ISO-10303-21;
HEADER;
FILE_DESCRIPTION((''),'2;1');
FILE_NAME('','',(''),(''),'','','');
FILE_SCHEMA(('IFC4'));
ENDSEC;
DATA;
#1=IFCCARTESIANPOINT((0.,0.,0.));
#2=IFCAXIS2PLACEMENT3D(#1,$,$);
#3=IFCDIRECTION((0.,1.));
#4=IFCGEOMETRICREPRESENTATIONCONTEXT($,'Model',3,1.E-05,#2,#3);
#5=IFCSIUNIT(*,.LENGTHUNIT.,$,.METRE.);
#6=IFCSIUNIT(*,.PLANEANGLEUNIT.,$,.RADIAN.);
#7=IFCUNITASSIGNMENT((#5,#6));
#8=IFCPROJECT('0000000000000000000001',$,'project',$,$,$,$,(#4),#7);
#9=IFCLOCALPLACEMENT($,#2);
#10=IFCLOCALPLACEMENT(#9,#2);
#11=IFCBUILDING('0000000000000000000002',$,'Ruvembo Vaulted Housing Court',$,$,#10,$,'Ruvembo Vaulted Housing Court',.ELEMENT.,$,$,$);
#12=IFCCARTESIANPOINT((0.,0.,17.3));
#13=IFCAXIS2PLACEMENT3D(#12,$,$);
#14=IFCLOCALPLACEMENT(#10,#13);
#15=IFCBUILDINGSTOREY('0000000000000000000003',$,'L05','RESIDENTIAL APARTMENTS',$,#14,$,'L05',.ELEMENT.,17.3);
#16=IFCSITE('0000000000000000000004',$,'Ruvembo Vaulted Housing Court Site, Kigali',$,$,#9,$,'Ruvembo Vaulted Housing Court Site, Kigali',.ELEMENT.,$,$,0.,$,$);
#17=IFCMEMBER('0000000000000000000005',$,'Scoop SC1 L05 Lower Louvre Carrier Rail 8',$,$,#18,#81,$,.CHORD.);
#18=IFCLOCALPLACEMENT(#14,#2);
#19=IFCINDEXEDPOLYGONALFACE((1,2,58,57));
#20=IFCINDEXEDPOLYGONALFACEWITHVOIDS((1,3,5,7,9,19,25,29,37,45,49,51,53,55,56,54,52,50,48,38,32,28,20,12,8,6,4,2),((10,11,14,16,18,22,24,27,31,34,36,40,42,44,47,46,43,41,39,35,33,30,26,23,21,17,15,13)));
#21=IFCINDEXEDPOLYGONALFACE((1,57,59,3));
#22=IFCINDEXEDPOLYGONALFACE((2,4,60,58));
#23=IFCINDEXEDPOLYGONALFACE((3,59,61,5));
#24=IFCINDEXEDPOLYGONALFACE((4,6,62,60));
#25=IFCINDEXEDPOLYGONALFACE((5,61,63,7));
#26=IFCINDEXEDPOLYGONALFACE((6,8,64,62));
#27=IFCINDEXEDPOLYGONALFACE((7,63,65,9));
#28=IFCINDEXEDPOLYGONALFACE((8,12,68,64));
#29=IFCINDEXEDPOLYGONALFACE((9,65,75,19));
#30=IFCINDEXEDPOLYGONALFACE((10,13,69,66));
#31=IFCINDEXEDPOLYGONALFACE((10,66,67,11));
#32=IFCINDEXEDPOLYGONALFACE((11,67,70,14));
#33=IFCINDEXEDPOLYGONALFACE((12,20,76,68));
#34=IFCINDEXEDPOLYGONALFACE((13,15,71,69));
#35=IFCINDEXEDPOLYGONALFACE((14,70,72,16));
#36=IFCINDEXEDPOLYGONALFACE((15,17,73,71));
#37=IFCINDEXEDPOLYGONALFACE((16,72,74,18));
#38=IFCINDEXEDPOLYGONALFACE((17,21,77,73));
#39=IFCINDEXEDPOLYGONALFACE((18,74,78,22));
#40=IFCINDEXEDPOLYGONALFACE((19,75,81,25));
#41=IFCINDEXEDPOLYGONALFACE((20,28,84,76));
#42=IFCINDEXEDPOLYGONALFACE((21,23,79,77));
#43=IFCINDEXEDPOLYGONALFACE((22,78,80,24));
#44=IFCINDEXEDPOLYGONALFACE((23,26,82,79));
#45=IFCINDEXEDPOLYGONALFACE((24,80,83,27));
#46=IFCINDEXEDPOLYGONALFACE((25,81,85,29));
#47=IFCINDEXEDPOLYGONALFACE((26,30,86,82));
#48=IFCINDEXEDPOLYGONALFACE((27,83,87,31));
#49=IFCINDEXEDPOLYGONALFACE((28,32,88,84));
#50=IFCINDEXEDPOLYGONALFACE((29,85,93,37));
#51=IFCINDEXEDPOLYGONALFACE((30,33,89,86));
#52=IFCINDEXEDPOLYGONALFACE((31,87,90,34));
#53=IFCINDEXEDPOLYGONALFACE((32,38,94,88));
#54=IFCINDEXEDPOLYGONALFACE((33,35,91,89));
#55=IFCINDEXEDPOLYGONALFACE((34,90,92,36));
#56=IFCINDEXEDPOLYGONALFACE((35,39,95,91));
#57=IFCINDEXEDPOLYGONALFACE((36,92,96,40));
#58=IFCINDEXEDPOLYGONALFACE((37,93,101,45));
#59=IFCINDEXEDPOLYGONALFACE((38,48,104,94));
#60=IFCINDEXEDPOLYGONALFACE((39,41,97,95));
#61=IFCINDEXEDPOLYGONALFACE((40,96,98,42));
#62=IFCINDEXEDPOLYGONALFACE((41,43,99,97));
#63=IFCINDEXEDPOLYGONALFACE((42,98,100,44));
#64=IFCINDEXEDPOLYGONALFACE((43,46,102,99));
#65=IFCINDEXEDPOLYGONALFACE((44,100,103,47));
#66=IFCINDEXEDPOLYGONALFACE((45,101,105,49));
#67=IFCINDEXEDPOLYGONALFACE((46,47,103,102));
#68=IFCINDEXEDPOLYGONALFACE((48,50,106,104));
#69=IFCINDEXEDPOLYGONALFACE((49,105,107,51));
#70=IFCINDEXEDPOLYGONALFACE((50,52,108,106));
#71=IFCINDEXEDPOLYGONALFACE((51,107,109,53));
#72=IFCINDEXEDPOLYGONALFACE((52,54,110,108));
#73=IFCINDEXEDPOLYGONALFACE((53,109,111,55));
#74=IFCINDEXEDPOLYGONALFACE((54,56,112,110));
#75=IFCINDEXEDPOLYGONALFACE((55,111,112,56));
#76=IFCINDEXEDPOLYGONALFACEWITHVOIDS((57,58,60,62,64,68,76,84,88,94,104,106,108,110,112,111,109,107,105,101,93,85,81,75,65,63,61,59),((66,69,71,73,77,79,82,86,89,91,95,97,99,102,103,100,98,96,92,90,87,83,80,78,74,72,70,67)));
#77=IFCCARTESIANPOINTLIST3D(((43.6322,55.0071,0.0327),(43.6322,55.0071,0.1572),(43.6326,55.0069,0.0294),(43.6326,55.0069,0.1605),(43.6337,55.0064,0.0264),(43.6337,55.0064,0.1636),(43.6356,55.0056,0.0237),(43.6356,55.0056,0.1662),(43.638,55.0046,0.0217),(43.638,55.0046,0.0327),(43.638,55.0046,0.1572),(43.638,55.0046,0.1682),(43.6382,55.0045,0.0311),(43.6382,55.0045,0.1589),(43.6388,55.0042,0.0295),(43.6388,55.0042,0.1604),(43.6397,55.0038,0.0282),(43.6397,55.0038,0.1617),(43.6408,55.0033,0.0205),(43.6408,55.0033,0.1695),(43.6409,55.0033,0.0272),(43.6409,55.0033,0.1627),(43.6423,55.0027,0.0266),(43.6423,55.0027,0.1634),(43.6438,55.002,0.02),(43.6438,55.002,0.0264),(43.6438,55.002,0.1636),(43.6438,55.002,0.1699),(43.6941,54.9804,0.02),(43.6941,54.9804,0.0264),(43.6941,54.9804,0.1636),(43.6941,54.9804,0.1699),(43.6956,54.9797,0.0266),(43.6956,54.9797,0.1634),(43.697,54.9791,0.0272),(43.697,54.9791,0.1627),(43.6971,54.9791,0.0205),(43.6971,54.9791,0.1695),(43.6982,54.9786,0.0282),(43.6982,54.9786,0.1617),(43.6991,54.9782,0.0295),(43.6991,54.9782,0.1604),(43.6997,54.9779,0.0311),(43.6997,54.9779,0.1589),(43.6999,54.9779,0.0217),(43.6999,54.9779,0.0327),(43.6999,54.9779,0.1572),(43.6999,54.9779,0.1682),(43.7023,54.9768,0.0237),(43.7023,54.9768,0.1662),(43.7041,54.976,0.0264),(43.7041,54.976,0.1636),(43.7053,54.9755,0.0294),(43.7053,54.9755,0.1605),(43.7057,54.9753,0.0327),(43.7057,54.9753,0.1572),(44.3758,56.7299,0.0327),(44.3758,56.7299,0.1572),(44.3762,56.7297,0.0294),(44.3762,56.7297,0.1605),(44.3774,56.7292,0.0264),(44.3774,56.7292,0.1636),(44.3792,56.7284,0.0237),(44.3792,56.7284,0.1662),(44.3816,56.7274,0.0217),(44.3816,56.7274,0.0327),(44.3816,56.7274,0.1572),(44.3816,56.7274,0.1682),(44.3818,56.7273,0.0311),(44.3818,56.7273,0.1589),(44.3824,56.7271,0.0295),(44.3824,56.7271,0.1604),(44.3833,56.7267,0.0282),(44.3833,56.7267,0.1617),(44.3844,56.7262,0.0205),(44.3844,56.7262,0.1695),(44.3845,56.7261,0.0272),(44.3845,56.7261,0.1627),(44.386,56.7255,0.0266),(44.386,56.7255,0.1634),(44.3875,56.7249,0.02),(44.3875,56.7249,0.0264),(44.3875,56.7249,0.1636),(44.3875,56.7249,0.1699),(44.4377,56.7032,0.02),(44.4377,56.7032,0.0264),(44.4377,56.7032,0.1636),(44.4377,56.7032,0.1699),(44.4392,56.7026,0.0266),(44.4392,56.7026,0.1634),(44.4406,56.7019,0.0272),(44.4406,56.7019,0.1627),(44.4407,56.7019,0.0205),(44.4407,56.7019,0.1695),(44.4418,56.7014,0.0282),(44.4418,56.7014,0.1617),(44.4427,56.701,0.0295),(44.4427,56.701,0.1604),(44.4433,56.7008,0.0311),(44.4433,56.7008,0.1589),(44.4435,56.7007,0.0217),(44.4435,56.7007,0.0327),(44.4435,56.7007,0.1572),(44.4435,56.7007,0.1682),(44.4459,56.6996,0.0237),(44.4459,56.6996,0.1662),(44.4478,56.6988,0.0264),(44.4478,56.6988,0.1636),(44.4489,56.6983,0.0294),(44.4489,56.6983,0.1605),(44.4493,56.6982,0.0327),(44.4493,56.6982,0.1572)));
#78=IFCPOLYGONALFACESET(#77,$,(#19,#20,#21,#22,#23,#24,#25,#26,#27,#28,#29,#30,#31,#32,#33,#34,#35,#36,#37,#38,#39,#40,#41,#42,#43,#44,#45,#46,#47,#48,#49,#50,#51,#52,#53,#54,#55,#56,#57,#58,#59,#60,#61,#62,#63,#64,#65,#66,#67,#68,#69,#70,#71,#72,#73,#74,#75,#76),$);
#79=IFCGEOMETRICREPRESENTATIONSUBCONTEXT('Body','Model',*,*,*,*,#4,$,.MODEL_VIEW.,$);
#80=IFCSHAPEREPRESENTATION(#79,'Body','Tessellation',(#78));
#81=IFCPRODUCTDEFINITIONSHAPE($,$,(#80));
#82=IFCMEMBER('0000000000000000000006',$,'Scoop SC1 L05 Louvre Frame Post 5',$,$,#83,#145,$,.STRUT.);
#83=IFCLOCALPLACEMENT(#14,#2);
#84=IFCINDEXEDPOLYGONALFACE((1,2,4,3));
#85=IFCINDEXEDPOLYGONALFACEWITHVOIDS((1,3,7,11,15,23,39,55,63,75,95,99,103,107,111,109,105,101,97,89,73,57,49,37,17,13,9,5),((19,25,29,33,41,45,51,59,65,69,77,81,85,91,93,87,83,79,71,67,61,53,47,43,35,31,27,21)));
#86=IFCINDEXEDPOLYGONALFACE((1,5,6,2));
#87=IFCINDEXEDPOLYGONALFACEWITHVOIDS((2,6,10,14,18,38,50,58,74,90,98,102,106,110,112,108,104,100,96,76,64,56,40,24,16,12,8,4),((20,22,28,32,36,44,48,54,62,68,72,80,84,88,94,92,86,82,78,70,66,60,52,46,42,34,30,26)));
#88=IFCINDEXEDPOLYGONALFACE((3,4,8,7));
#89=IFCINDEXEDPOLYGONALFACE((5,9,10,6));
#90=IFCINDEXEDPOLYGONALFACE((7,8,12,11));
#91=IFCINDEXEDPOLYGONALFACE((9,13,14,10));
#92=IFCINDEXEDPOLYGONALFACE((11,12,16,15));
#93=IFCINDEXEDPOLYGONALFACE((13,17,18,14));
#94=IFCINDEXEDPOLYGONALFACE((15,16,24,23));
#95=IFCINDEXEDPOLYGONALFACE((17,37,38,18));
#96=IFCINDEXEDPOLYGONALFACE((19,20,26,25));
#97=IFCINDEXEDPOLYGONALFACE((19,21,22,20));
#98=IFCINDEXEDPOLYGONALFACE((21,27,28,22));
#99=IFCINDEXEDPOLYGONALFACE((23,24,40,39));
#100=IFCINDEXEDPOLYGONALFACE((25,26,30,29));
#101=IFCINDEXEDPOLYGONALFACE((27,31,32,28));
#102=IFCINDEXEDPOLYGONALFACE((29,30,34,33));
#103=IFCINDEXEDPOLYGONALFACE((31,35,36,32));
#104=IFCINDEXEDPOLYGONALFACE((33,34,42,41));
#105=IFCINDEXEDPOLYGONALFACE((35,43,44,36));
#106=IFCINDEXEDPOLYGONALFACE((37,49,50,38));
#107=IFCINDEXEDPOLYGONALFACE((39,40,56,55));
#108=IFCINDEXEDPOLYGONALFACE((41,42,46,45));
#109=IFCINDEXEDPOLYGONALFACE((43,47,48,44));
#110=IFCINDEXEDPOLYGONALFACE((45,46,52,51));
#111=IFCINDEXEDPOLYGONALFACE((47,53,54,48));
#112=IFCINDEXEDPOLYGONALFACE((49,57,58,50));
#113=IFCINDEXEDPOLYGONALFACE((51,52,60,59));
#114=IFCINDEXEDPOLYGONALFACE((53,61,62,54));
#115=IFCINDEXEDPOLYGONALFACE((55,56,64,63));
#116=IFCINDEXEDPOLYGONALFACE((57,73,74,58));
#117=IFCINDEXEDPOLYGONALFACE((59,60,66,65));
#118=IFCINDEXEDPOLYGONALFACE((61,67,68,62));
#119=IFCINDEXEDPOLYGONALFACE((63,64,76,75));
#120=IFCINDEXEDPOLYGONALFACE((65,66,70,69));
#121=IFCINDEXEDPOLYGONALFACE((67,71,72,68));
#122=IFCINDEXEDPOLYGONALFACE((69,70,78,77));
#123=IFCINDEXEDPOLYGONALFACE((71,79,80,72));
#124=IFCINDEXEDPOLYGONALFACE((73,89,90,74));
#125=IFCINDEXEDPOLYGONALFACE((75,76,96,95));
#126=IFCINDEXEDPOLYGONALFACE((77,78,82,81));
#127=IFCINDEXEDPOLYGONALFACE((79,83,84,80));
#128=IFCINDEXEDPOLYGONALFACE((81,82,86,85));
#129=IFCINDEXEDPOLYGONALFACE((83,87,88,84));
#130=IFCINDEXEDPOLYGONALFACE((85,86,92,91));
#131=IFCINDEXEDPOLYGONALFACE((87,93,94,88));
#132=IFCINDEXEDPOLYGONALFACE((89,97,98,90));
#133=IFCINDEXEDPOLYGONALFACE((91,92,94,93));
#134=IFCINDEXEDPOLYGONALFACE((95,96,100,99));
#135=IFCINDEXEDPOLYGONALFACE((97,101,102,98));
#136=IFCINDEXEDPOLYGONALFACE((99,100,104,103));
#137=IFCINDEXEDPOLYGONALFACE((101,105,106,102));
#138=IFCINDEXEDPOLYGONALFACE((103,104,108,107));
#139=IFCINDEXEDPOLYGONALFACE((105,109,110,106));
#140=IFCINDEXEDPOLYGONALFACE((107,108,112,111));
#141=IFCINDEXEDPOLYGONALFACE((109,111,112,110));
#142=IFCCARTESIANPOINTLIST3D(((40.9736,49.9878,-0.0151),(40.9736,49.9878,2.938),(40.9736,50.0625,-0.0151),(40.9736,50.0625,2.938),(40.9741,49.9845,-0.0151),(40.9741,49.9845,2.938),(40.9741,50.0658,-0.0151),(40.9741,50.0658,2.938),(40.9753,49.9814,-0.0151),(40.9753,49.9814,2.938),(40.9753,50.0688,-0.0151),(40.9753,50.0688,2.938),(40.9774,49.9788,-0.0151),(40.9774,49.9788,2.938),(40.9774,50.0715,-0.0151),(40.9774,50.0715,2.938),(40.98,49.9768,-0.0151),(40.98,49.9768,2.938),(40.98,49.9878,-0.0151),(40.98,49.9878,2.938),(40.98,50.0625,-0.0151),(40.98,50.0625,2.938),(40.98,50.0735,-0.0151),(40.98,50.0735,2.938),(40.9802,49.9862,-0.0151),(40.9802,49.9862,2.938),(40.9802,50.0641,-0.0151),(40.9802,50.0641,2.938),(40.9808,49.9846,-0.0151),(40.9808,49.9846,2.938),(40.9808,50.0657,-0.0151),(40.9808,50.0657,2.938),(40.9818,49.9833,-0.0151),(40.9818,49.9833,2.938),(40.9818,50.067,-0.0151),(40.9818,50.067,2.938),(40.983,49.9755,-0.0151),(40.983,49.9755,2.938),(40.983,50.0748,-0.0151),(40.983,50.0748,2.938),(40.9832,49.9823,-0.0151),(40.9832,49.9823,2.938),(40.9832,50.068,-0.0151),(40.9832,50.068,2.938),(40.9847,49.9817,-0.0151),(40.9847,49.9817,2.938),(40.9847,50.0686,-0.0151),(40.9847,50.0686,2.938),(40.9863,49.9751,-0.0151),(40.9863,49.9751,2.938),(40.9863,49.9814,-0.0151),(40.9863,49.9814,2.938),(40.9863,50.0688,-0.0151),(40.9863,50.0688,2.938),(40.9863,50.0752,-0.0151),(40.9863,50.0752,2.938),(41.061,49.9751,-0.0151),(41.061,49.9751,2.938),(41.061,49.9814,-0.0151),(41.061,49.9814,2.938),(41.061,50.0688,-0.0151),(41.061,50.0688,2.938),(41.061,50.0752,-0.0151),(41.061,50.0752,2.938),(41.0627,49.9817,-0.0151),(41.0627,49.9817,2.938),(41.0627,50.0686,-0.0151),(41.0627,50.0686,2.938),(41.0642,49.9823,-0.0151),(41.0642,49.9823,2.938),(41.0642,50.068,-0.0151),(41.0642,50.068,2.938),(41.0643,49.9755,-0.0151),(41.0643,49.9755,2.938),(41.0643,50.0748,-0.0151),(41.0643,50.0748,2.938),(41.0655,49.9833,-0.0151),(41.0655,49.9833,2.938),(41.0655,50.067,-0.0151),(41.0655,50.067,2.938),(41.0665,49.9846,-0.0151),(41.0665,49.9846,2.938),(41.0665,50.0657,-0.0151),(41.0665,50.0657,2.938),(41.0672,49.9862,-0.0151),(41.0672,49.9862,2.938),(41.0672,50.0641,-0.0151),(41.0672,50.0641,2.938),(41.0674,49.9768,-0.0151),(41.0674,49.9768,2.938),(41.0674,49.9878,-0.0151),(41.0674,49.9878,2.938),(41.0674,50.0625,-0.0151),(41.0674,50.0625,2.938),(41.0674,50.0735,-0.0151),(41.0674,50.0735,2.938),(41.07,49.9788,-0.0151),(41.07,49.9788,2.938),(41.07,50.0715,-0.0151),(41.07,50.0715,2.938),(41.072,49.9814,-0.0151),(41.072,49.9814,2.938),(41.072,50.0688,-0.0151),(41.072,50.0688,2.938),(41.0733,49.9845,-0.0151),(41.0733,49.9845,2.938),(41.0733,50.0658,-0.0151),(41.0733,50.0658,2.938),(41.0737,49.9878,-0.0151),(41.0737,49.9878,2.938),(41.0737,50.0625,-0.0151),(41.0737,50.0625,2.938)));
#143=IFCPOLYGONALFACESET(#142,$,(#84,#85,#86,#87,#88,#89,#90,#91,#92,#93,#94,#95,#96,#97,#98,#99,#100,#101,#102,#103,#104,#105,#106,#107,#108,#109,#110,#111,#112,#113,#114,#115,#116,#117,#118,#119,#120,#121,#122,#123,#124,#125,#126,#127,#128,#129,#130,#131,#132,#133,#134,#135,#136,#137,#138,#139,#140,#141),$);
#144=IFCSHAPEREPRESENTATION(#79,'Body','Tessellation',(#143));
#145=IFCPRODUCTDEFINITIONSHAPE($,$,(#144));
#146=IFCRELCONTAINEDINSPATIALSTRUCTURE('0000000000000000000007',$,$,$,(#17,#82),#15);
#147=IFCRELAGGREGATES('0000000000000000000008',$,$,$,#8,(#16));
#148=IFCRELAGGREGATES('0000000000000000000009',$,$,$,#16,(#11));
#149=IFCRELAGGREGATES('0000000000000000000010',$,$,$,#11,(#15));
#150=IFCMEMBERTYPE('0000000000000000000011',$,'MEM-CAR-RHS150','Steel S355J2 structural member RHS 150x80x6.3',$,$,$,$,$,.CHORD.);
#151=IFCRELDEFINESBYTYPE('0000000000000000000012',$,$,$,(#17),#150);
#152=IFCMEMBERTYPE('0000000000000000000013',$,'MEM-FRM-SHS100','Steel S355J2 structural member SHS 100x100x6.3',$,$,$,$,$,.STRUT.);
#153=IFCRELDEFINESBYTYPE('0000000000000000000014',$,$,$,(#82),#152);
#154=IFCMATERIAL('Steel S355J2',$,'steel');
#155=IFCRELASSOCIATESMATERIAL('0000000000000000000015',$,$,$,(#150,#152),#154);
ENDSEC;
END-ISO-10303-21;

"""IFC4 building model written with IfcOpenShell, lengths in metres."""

from ifc_helpers import new_model, si_unit, direction, frame, origin, origin_2d, place, context, subcontext, project, spatial, hollow_rectangle, extrude, material, material_profile, profile_set, type_object, element, save


model = new_model("IFC4")

# Units and contexts
model_context = context("Model", 3, precision=1e-05, world=origin(), true_north=direction((0.0, 1.0)))
body_context = subcontext(model_context, "Body", "Model", "MODEL_VIEW")
ifc_project = project(units=[si_unit("LENGTHUNIT", "METRE"), si_unit("PLANEANGLEUNIT", "RADIAN")], contexts=[model_context])

# Site, building, storey
site_placement = place(None, origin())
site = spatial("IfcSite", under=ifc_project, at=site_placement, Name="Ruvembo Vaulted Housing Court Site, Kigali", LongName="Ruvembo Vaulted Housing Court Site, Kigali", CompositionType="ELEMENT", RefElevation=0.0)
building_placement = place(site_placement, origin())
building = spatial("IfcBuilding", under=site, at=building_placement, Name="Ruvembo Vaulted Housing Court", LongName="Ruvembo Vaulted Housing Court", CompositionType="ELEMENT")
storey_placement = place(building_placement, frame((0.0, 0.0, 17.3)))
storey = spatial("IfcBuildingStorey", under=building, at=storey_placement, Name="L05", Description="RESIDENTIAL APARTMENTS", LongName="L05", CompositionType="ELEMENT", Elevation=17.3)

# Shared definitions
ifc_material_1 = material(Name="Steel S355J2", Category="steel")

# Members
ifc_material_profile_1 = material_profile(ifc_material_1, hollow_rectangle(XDim=0.0801, YDim=0.1499, WallThickness=0.0063, InnerFilletRadius=0.0063, OuterFilletRadius=0.0127, at=origin_2d()), Name="RHS 150x80x6.3")
ifc_profile_set_1 = profile_set([ifc_material_profile_1], Name="Steel S355J2")
member_type_1 = type_object("IfcMemberType", Name="MEM-CAR-RHS150", Description="Steel S355J2 structural member RHS 150x80x6.3", PredefinedType="CHORD", material=ifc_profile_set_1)
for number, where, z_axis, x_axis, name in (
    (1, (43.6689, 54.9912, 0.095), (0.396289, 0.918126, 0.0), (-0.918126, 0.396289, 0.0), "Scoop SC1 L05 Lower Louvre Carrier Rail 8"),
):
    element("IfcMember", number, at=place(storey_placement, frame(where, z_axis=z_axis, x_axis=x_axis)), inside=storey, type_object=member_type_1, Name=name, PredefinedType="CHORD", context=body_context, shape_type="SweptSolid", body=[
        extrude(hollow_rectangle(XDim=0.0801, YDim=0.1499, WallThickness=0.0063, InnerFilletRadius=0.0063, OuterFilletRadius=0.0127, at=origin_2d()), origin(), (0.0, 0.0, 1.0), 1.8765),
    ])
ifc_material_profile_2 = material_profile(ifc_material_1, hollow_rectangle(XDim=0.1001, YDim=0.1001, WallThickness=0.0063, InnerFilletRadius=0.0063, OuterFilletRadius=0.0127, at=origin_2d()), Name="SHS 100x100x6.3")
ifc_profile_set_2 = profile_set([ifc_material_profile_2], Name="Steel S355J2")
member_type_2 = type_object("IfcMemberType", Name="MEM-FRM-SHS100", Description="Steel S355J2 structural member SHS 100x100x6.3", PredefinedType="STRUT", material=ifc_profile_set_2)
for number, where, z_axis, x_axis, name in (
    (2, (41.0237, 50.0251, -0.0151), (0.0, 0.0, 1.0), (1.0, 0.0, 0.0), "Scoop SC1 L05 Louvre Frame Post 5"),
):
    element("IfcMember", number, at=place(storey_placement, frame(where, z_axis=z_axis, x_axis=x_axis)), inside=storey, type_object=member_type_2, Name=name, PredefinedType="STRUT", context=body_context, shape_type="SweptSolid", body=[
        extrude(hollow_rectangle(XDim=0.1001, YDim=0.1001, WallThickness=0.0063, InnerFilletRadius=0.0063, OuterFilletRadius=0.0127, at=origin_2d()), origin(), (0.0, 0.0, 1.0), 2.9531),
    ])

save(model, "model.ifc")
